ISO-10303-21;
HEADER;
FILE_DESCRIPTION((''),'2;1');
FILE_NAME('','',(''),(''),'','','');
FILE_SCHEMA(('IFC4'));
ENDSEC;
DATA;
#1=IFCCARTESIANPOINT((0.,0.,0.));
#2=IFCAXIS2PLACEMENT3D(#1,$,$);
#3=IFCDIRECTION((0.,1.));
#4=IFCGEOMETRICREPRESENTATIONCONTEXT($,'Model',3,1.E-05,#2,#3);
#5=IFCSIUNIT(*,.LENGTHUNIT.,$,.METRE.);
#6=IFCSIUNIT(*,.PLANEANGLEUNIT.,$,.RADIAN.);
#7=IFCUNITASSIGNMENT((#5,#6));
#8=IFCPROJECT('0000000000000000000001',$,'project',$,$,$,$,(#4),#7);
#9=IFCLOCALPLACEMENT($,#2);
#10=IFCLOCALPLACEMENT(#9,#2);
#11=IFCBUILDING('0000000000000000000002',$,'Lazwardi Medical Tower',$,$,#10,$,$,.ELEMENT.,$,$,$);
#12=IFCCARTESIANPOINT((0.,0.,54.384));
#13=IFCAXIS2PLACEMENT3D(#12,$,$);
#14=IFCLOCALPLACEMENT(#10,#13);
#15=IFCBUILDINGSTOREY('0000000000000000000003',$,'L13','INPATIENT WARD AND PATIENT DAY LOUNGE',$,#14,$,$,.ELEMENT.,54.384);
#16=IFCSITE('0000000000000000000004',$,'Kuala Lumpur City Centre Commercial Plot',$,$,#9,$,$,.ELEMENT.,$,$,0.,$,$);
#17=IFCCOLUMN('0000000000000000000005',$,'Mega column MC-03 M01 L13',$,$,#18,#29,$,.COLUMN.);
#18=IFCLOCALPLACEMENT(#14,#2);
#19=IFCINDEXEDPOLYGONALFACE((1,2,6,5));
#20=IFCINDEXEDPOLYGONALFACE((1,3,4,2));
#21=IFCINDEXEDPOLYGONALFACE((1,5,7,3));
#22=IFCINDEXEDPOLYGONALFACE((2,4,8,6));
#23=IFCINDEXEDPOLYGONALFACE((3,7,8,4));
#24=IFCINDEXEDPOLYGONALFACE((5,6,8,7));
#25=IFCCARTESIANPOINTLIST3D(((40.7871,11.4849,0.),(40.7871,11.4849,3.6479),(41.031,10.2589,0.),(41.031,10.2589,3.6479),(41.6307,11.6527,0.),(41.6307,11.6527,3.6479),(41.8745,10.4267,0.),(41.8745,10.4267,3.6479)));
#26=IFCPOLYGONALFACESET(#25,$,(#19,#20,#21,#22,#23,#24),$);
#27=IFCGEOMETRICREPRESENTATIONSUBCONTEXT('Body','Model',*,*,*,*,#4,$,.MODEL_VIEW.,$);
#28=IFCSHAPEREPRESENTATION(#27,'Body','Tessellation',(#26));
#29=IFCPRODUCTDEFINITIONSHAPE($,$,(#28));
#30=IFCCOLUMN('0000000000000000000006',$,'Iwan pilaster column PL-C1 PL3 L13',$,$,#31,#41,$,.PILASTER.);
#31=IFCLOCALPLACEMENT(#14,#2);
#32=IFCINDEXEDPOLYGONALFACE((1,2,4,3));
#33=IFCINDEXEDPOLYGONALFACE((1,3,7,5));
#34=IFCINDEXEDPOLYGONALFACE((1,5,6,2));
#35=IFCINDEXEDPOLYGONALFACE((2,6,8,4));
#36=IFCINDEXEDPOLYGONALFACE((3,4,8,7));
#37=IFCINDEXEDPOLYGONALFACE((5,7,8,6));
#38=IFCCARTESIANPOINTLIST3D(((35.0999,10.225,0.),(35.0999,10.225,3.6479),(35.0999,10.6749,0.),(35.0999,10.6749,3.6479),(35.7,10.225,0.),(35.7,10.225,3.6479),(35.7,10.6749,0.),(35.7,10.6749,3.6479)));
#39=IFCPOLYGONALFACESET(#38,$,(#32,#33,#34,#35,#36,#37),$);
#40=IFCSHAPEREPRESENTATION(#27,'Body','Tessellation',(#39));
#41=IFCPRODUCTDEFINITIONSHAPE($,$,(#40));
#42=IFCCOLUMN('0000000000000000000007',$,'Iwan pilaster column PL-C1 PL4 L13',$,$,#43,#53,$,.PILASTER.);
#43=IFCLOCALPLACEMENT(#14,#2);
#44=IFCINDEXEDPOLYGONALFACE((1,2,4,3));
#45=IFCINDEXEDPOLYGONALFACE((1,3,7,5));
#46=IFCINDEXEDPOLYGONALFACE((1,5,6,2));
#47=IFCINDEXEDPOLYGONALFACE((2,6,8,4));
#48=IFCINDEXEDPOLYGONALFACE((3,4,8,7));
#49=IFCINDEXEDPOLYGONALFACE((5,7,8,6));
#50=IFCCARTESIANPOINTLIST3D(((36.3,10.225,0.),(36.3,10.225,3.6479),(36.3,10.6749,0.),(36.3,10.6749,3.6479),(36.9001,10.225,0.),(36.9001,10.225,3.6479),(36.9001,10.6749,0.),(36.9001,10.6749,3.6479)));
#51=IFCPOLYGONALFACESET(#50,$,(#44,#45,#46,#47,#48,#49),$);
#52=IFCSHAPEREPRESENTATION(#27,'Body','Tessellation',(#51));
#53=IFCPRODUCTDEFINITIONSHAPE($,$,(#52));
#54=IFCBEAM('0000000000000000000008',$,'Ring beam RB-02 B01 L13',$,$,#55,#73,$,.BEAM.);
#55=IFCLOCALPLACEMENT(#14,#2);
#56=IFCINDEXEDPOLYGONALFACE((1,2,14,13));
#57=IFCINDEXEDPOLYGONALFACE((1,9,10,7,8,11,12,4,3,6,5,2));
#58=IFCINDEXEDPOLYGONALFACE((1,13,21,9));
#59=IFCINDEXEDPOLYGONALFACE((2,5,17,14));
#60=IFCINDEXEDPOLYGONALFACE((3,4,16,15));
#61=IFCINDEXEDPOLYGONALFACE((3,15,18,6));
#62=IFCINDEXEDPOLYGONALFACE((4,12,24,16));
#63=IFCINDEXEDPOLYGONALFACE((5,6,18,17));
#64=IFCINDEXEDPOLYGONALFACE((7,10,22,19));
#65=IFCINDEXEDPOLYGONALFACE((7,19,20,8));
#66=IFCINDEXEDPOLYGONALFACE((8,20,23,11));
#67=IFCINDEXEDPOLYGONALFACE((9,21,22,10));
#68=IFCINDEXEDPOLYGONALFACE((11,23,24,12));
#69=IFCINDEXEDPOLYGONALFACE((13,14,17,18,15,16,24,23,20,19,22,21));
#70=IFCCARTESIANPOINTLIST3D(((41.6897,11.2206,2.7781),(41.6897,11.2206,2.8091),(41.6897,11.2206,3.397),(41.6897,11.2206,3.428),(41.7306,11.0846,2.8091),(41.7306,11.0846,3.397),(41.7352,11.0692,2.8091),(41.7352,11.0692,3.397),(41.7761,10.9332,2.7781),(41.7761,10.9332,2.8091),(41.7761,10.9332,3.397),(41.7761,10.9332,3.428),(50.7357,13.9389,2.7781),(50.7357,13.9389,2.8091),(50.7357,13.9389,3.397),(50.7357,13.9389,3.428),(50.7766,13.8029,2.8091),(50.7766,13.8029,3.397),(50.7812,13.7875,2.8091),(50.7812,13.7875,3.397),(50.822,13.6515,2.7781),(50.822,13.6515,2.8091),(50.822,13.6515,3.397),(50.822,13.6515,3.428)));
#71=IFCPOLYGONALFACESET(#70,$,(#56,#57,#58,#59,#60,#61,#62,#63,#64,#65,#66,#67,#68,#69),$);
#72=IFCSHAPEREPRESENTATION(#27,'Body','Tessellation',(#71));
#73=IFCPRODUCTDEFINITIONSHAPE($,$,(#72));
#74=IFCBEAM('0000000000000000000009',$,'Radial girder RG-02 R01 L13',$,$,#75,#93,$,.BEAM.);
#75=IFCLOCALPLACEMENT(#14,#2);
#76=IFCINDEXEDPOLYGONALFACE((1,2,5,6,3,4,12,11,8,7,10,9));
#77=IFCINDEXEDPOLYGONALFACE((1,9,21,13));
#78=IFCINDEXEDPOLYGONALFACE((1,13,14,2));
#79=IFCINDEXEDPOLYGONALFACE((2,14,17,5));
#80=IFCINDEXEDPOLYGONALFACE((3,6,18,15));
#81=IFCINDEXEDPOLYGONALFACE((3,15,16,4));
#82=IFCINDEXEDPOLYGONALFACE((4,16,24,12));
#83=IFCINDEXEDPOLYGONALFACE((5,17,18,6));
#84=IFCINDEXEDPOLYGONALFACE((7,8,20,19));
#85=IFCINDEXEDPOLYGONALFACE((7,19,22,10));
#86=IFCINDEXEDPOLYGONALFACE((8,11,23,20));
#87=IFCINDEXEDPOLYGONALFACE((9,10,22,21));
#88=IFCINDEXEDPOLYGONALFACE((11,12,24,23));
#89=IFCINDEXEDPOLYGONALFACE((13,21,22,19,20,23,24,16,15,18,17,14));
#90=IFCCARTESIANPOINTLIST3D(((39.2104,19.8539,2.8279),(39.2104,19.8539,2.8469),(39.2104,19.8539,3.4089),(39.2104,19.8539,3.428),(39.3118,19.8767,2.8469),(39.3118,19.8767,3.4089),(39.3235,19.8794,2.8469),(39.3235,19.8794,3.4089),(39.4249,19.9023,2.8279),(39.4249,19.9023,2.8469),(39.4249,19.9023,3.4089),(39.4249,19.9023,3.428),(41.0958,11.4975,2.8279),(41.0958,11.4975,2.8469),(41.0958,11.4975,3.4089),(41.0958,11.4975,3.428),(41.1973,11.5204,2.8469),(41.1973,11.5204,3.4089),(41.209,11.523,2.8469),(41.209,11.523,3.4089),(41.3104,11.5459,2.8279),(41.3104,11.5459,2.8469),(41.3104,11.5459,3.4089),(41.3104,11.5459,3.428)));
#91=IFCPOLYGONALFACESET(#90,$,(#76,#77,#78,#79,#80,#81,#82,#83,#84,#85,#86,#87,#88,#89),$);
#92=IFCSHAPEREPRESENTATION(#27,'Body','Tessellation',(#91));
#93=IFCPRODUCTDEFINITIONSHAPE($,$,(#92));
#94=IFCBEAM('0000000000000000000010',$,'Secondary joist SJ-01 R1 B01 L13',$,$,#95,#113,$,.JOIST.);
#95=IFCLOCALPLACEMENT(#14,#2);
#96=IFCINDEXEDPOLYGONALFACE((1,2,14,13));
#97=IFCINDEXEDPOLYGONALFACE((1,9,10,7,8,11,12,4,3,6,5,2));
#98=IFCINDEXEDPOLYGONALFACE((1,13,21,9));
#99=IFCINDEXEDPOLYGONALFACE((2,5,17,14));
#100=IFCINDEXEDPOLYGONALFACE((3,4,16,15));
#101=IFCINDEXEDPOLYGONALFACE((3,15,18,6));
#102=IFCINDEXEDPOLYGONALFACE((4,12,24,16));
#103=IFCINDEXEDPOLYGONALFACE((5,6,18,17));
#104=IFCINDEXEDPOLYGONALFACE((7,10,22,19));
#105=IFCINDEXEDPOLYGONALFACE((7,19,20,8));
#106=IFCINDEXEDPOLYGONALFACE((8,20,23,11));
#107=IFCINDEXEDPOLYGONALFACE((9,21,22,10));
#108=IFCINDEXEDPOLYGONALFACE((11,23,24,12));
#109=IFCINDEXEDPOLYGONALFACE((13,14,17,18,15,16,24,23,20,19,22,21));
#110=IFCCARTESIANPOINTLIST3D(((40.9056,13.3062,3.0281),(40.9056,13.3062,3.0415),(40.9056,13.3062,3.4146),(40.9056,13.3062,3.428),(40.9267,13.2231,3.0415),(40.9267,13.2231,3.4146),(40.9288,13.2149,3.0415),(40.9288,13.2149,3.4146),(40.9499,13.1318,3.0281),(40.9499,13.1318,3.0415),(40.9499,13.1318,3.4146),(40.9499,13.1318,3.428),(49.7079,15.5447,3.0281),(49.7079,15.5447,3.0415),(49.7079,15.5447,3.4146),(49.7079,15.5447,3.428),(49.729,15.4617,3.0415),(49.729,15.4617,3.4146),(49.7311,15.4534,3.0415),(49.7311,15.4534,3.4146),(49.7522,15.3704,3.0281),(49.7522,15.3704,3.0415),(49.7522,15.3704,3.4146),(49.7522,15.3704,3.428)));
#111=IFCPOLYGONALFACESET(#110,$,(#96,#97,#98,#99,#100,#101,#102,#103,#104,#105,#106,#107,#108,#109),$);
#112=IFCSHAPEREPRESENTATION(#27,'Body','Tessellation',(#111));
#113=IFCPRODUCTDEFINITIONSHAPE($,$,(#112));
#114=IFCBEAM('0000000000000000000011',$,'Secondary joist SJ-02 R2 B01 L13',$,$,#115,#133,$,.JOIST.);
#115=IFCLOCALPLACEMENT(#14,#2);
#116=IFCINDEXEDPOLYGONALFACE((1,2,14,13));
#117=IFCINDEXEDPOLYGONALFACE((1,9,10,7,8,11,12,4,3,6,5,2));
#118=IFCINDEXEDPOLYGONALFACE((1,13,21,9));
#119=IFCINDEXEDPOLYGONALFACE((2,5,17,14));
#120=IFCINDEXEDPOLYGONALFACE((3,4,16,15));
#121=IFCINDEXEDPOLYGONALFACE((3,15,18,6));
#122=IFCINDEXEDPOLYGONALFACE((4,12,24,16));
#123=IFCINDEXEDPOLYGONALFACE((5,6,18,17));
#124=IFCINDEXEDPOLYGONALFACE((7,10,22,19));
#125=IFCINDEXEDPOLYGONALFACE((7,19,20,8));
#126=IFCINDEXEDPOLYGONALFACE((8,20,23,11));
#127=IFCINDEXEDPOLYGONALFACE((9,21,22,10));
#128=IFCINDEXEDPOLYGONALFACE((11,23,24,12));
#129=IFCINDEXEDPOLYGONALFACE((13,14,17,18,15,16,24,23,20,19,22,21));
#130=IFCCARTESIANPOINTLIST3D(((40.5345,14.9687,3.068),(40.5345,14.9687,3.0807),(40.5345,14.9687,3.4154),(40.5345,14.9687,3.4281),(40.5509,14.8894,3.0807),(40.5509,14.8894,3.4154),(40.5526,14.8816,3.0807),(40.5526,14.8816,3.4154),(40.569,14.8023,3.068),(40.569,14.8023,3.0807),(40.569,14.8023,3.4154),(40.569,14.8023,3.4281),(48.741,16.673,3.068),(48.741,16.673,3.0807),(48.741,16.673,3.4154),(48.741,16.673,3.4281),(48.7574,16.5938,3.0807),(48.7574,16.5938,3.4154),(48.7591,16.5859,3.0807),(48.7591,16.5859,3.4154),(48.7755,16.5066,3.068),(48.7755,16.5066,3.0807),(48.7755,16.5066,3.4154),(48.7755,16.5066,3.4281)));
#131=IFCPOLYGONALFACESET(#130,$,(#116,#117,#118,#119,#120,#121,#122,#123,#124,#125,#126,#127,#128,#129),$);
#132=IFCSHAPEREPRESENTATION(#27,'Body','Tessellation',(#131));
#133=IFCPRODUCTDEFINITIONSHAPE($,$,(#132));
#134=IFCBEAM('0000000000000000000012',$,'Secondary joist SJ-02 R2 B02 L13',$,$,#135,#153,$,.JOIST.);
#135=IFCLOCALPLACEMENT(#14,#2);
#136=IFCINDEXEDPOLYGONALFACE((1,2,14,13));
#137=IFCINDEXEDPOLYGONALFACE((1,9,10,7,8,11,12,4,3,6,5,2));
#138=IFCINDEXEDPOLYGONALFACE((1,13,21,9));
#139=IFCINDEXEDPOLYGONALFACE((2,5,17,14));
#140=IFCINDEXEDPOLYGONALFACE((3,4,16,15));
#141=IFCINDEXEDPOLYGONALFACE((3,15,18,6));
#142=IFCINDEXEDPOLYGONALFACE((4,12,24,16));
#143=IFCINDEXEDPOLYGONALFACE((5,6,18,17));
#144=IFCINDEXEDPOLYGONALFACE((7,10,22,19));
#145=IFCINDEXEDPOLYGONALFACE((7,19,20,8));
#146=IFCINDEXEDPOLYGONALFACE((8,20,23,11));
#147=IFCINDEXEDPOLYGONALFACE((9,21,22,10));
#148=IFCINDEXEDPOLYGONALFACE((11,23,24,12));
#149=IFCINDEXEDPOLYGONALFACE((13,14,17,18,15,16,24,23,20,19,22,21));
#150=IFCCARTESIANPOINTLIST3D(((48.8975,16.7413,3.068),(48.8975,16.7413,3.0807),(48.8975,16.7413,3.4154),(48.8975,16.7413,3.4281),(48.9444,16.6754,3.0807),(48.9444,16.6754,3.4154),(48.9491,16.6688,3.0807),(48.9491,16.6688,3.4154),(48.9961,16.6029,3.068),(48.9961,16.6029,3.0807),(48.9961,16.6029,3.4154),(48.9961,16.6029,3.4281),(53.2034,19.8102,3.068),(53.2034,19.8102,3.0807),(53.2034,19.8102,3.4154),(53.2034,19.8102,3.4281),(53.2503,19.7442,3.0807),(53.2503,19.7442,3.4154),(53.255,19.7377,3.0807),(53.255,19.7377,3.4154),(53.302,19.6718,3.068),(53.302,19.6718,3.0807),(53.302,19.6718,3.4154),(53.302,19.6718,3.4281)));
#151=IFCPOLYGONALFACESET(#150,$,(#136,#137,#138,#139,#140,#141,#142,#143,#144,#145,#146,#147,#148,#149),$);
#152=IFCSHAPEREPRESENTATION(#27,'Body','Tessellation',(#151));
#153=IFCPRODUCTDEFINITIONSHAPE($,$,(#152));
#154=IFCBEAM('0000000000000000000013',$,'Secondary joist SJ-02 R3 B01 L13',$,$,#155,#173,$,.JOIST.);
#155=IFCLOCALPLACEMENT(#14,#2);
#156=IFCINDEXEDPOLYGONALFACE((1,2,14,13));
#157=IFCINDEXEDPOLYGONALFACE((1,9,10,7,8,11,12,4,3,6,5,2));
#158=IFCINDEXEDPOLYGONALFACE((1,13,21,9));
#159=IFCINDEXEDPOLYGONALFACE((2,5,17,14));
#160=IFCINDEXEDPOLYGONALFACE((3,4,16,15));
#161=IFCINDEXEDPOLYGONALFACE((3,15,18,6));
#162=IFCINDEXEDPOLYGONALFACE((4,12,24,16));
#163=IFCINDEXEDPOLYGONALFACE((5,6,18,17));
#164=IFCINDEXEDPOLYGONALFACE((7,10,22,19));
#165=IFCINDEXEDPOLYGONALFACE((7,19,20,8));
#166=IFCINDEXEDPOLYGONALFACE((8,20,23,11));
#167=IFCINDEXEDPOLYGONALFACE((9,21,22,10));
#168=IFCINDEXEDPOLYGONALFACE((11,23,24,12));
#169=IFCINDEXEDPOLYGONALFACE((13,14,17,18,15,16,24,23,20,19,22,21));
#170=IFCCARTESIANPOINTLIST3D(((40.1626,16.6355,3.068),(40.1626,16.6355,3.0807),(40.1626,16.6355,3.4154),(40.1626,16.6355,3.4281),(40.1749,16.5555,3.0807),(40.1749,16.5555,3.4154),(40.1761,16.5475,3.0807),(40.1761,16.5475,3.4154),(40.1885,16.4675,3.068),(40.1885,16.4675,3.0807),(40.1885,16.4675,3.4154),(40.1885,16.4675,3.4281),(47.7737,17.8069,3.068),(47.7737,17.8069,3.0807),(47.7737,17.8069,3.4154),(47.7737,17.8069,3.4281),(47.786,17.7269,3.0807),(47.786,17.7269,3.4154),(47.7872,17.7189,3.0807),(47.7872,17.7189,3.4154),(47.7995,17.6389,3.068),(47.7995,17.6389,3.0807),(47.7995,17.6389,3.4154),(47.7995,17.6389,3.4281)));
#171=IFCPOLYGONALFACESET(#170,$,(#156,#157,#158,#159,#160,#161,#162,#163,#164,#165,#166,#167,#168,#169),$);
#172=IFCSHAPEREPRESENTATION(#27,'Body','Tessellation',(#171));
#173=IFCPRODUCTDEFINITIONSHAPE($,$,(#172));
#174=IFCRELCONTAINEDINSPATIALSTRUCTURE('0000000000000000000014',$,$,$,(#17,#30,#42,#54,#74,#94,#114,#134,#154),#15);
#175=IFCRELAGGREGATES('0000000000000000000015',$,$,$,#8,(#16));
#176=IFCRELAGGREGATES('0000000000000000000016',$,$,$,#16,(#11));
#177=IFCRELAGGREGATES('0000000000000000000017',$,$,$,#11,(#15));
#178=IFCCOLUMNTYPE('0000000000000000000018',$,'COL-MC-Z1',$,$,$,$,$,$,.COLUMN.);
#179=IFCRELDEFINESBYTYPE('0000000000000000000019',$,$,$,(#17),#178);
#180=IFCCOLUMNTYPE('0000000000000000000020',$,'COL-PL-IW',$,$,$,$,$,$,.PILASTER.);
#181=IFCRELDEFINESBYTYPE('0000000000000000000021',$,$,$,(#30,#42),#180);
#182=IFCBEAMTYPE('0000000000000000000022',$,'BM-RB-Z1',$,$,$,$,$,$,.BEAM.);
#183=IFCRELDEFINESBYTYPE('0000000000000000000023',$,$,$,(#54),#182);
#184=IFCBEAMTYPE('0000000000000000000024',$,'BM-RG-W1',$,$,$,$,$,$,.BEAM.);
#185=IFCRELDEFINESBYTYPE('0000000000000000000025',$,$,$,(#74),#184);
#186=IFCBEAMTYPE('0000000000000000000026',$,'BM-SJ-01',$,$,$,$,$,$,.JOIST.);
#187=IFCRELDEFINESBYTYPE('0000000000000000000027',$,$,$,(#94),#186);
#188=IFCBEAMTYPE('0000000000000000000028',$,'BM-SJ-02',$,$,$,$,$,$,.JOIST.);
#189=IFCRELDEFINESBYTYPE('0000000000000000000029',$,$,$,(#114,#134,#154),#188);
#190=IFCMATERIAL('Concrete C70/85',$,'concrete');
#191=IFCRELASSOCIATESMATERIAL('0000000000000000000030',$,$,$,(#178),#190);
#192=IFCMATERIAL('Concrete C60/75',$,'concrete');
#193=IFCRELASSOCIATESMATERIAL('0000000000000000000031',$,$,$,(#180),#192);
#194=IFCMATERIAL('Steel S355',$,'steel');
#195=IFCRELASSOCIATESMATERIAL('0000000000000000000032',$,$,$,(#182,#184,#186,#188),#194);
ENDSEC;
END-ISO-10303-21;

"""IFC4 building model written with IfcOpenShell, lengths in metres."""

from ifc_helpers import new_model, si_unit, direction, frame, origin, origin_2d, place, context, subcontext, project, spatial, rectangle, i_section, extrude, material, material_profile, profile_set, type_object, element, save


model = new_model("IFC4")

# Units and contexts
model_context = context("Model", 3, precision=1e-05, world=origin(), true_north=direction((0.0, 1.0)))
body_context = subcontext(model_context, "Body", "Model", "MODEL_VIEW")
ifc_project = project(units=[si_unit("LENGTHUNIT", "METRE"), si_unit("PLANEANGLEUNIT", "RADIAN")], contexts=[model_context])

# Site, building, storey
site_placement = place(None, origin())
site = spatial("IfcSite", under=ifc_project, at=site_placement, Name="Kuala Lumpur City Centre Commercial Plot", CompositionType="ELEMENT", RefElevation=0.0)
building_placement = place(site_placement, origin())
building = spatial("IfcBuilding", under=site, at=building_placement, Name="Lazwardi Medical Tower", CompositionType="ELEMENT")
storey_placement = place(building_placement, frame((0.0, 0.0, 54.384)))
storey = spatial("IfcBuildingStorey", under=building, at=storey_placement, Name="L13", Description="INPATIENT WARD AND PATIENT DAY LOUNGE", CompositionType="ELEMENT", Elevation=54.384)

# Columns
ifc_material_1 = material(Name="Concrete C70/85", Category="concrete")
ifc_material_profile_1 = material_profile(ifc_material_1, rectangle(XDim=1.25, YDim=0.8601, at=origin_2d()), Name="CFT-RECT 1250x860")
ifc_profile_set_1 = profile_set([ifc_material_profile_1], Name="Concrete C70/85")
column_type_1 = type_object("IfcColumnType", Name="COL-MC-Z1", PredefinedType="COLUMN", material=ifc_profile_set_1)
column_placement = place(storey_placement, frame((41.3308, 10.9558, 0.0), z_axis=(0.0, 0.0, 1.0), x_axis=(0.19509, -0.980785, 0.0)))
element("IfcColumn", 1, at=column_placement, inside=storey, type_object=column_type_1, Name="Mega column MC-03 M01 L13", PredefinedType="COLUMN", context=body_context, shape_type="SweptSolid", body=[
    extrude(rectangle(XDim=1.25, YDim=0.8601, at=origin_2d()), origin(), (0.0, 0.0, 1.0), 3.6479),
])
ifc_material_2 = material(Name="Concrete C60/75", Category="concrete")
ifc_material_profile_2 = material_profile(ifc_material_2, rectangle(XDim=0.6001, YDim=0.45, at=origin_2d()), Name="RC 600x450")
ifc_profile_set_2 = profile_set([ifc_material_profile_2], Name="Concrete C60/75")
column_type_2 = type_object("IfcColumnType", Name="COL-PL-IW", PredefinedType="PILASTER", material=ifc_profile_set_2)
for number, where, z_axis, x_axis, name in (
    (2, (35.3999, 10.45, 0.0), (0.0, 0.0, 1.0), (1.0, 0.0, 0.0), "Iwan pilaster column PL-C1 PL3 L13"),
    (3, (36.6001, 10.45, 0.0), (0.0, 0.0, 1.0), (1.0, 0.0, 0.0), "Iwan pilaster column PL-C1 PL4 L13"),
):
    element("IfcColumn", number, at=place(storey_placement, frame(where, z_axis=z_axis, x_axis=x_axis)), inside=storey, type_object=column_type_2, Name=name, PredefinedType="PILASTER", context=body_context, shape_type="SweptSolid", body=[
        extrude(rectangle(XDim=0.6001, YDim=0.45, at=origin_2d()), origin(), (0.0, 0.0, 1.0), 3.6479),
    ])

# Beams
ifc_material_3 = material(Name="Steel S355", Category="steel")
ifc_material_profile_3 = material_profile(ifc_material_3, i_section(OverallWidth=0.3, OverallDepth=0.6499, WebThickness=0.0161, FlangeThickness=0.031, at=origin_2d()), Name="HEB 650")
ifc_profile_set_3 = profile_set([ifc_material_profile_3], Name="Steel S355")
beam_type_1 = type_object("IfcBeamType", Name="BM-RB-Z1", PredefinedType="BEAM", material=ifc_profile_set_3)
beam_1_placement = place(storey_placement, frame((41.7329, 11.0769, 3.103), z_axis=(0.957695, 0.287784, 0.0), x_axis=(-0.287784, 0.957695, 0.0)))
element("IfcBeam", 4, at=beam_1_placement, inside=storey, type_object=beam_type_1, Name="Ring beam RB-02 B01 L13", PredefinedType="BEAM", context=body_context, shape_type="SweptSolid", body=[
    extrude(i_section(OverallWidth=0.3, OverallDepth=0.6499, WebThickness=0.0161, FlangeThickness=0.031, at=origin_2d()), origin(), (0.0, 0.0, 1.0), 9.4456),
])
ifc_material_profile_4 = material_profile(ifc_material_3, i_section(OverallWidth=0.22, OverallDepth=0.6001, WebThickness=0.012, FlangeThickness=0.019, at=origin_2d()), Name="IPE 600")
ifc_profile_set_4 = profile_set([ifc_material_profile_4], Name="Steel S355")
beam_type_2 = type_object("IfcBeamType", Name="BM-RG-W1", PredefinedType="BEAM", material=ifc_profile_set_4)
beam_2_placement = place(storey_placement, frame((41.2031, 11.5217, 3.1279), z_axis=(-0.220101, 0.975477, 0.0), x_axis=(-0.975477, -0.220101, 0.0)))
element("IfcBeam", 5, at=beam_2_placement, inside=storey, type_object=beam_type_2, Name="Radial girder RG-02 R01 L13", PredefinedType="BEAM", context=body_context, shape_type="SweptSolid", body=[
    extrude(i_section(OverallWidth=0.22, OverallDepth=0.6001, WebThickness=0.012, FlangeThickness=0.019, at=origin_2d()), origin(), (0.0, 0.0, 1.0), 8.5664),
])
ifc_material_profile_5 = material_profile(ifc_material_3, i_section(OverallWidth=0.1799, OverallDepth=0.3999, WebThickness=0.0085, FlangeThickness=0.0134, at=origin_2d()), Name="IPE 400")
ifc_profile_set_5 = profile_set([ifc_material_profile_5], Name="Steel S355")
beam_type_3 = type_object("IfcBeamType", Name="BM-SJ-01", PredefinedType="JOIST", material=ifc_profile_set_5)
beam_3_placement = place(storey_placement, frame((40.9277, 13.219, 3.228), z_axis=(0.969151, 0.246468, 0.0), x_axis=(-0.246468, 0.969151, 0.0)))
element("IfcBeam", 6, at=beam_3_placement, inside=storey, type_object=beam_type_3, Name="Secondary joist SJ-01 R1 B01 L13", PredefinedType="JOIST", context=body_context, shape_type="SweptSolid", body=[
    extrude(i_section(OverallWidth=0.1799, OverallDepth=0.3999, WebThickness=0.0085, FlangeThickness=0.0134, at=origin_2d()), origin(), (0.0, 0.0, 1.0), 9.0825),
])
ifc_material_profile_6 = material_profile(ifc_material_3, i_section(OverallWidth=0.1699, OverallDepth=0.3601, WebThickness=0.0081, FlangeThickness=0.0127, at=origin_2d()), Name="IPE 360")
ifc_profile_set_6 = profile_set([ifc_material_profile_6], Name="Steel S355")
beam_type_4 = type_object("IfcBeamType", Name="BM-SJ-02", PredefinedType="JOIST", material=ifc_profile_set_6)
beam_4_placement = place(storey_placement, frame((40.5518, 14.8855, 3.248), z_axis=(0.979108, 0.203342, 0.0), x_axis=(-0.203342, 0.979108, 0.0)))
element("IfcBeam", 7, at=beam_4_placement, inside=storey, type_object=beam_type_4, Name="Secondary joist SJ-02 R2 B01 L13", PredefinedType="JOIST", context=body_context, shape_type="SweptSolid", body=[
    extrude(i_section(OverallWidth=0.1699, OverallDepth=0.3601, WebThickness=0.0081, FlangeThickness=0.0127, at=origin_2d()), origin(), (0.0, 0.0, 1.0), 8.3816),
])
beam_5_placement = place(storey_placement, frame((48.9468, 16.6721, 3.248), z_axis=(0.814341, 0.580386, 0.0), x_axis=(-0.580386, 0.814341, 0.0)))
element("IfcBeam", 8, at=beam_5_placement, inside=storey, type_object=beam_type_4, Name="Secondary joist SJ-02 R2 B02 L13", PredefinedType="JOIST", context=body_context, shape_type="SweptSolid", body=[
    extrude(i_section(OverallWidth=0.1699, OverallDepth=0.3601, WebThickness=0.0081, FlangeThickness=0.0127, at=origin_2d()), origin(), (0.0, 0.0, 1.0), 5.2876),
])
beam_6_placement = place(storey_placement, frame((40.1755, 16.5515, 3.248), z_axis=(0.988363, 0.152114, 0.0), x_axis=(-0.152114, 0.988363, 0.0)))
element("IfcBeam", 9, at=beam_6_placement, inside=storey, type_object=beam_type_4, Name="Secondary joist SJ-02 R3 B01 L13", PredefinedType="JOIST", context=body_context, shape_type="SweptSolid", body=[
    extrude(i_section(OverallWidth=0.1699, OverallDepth=0.3601, WebThickness=0.0081, FlangeThickness=0.0127, at=origin_2d()), origin(), (0.0, 0.0, 1.0), 7.7007),
])

save(model, "model.ifc")
